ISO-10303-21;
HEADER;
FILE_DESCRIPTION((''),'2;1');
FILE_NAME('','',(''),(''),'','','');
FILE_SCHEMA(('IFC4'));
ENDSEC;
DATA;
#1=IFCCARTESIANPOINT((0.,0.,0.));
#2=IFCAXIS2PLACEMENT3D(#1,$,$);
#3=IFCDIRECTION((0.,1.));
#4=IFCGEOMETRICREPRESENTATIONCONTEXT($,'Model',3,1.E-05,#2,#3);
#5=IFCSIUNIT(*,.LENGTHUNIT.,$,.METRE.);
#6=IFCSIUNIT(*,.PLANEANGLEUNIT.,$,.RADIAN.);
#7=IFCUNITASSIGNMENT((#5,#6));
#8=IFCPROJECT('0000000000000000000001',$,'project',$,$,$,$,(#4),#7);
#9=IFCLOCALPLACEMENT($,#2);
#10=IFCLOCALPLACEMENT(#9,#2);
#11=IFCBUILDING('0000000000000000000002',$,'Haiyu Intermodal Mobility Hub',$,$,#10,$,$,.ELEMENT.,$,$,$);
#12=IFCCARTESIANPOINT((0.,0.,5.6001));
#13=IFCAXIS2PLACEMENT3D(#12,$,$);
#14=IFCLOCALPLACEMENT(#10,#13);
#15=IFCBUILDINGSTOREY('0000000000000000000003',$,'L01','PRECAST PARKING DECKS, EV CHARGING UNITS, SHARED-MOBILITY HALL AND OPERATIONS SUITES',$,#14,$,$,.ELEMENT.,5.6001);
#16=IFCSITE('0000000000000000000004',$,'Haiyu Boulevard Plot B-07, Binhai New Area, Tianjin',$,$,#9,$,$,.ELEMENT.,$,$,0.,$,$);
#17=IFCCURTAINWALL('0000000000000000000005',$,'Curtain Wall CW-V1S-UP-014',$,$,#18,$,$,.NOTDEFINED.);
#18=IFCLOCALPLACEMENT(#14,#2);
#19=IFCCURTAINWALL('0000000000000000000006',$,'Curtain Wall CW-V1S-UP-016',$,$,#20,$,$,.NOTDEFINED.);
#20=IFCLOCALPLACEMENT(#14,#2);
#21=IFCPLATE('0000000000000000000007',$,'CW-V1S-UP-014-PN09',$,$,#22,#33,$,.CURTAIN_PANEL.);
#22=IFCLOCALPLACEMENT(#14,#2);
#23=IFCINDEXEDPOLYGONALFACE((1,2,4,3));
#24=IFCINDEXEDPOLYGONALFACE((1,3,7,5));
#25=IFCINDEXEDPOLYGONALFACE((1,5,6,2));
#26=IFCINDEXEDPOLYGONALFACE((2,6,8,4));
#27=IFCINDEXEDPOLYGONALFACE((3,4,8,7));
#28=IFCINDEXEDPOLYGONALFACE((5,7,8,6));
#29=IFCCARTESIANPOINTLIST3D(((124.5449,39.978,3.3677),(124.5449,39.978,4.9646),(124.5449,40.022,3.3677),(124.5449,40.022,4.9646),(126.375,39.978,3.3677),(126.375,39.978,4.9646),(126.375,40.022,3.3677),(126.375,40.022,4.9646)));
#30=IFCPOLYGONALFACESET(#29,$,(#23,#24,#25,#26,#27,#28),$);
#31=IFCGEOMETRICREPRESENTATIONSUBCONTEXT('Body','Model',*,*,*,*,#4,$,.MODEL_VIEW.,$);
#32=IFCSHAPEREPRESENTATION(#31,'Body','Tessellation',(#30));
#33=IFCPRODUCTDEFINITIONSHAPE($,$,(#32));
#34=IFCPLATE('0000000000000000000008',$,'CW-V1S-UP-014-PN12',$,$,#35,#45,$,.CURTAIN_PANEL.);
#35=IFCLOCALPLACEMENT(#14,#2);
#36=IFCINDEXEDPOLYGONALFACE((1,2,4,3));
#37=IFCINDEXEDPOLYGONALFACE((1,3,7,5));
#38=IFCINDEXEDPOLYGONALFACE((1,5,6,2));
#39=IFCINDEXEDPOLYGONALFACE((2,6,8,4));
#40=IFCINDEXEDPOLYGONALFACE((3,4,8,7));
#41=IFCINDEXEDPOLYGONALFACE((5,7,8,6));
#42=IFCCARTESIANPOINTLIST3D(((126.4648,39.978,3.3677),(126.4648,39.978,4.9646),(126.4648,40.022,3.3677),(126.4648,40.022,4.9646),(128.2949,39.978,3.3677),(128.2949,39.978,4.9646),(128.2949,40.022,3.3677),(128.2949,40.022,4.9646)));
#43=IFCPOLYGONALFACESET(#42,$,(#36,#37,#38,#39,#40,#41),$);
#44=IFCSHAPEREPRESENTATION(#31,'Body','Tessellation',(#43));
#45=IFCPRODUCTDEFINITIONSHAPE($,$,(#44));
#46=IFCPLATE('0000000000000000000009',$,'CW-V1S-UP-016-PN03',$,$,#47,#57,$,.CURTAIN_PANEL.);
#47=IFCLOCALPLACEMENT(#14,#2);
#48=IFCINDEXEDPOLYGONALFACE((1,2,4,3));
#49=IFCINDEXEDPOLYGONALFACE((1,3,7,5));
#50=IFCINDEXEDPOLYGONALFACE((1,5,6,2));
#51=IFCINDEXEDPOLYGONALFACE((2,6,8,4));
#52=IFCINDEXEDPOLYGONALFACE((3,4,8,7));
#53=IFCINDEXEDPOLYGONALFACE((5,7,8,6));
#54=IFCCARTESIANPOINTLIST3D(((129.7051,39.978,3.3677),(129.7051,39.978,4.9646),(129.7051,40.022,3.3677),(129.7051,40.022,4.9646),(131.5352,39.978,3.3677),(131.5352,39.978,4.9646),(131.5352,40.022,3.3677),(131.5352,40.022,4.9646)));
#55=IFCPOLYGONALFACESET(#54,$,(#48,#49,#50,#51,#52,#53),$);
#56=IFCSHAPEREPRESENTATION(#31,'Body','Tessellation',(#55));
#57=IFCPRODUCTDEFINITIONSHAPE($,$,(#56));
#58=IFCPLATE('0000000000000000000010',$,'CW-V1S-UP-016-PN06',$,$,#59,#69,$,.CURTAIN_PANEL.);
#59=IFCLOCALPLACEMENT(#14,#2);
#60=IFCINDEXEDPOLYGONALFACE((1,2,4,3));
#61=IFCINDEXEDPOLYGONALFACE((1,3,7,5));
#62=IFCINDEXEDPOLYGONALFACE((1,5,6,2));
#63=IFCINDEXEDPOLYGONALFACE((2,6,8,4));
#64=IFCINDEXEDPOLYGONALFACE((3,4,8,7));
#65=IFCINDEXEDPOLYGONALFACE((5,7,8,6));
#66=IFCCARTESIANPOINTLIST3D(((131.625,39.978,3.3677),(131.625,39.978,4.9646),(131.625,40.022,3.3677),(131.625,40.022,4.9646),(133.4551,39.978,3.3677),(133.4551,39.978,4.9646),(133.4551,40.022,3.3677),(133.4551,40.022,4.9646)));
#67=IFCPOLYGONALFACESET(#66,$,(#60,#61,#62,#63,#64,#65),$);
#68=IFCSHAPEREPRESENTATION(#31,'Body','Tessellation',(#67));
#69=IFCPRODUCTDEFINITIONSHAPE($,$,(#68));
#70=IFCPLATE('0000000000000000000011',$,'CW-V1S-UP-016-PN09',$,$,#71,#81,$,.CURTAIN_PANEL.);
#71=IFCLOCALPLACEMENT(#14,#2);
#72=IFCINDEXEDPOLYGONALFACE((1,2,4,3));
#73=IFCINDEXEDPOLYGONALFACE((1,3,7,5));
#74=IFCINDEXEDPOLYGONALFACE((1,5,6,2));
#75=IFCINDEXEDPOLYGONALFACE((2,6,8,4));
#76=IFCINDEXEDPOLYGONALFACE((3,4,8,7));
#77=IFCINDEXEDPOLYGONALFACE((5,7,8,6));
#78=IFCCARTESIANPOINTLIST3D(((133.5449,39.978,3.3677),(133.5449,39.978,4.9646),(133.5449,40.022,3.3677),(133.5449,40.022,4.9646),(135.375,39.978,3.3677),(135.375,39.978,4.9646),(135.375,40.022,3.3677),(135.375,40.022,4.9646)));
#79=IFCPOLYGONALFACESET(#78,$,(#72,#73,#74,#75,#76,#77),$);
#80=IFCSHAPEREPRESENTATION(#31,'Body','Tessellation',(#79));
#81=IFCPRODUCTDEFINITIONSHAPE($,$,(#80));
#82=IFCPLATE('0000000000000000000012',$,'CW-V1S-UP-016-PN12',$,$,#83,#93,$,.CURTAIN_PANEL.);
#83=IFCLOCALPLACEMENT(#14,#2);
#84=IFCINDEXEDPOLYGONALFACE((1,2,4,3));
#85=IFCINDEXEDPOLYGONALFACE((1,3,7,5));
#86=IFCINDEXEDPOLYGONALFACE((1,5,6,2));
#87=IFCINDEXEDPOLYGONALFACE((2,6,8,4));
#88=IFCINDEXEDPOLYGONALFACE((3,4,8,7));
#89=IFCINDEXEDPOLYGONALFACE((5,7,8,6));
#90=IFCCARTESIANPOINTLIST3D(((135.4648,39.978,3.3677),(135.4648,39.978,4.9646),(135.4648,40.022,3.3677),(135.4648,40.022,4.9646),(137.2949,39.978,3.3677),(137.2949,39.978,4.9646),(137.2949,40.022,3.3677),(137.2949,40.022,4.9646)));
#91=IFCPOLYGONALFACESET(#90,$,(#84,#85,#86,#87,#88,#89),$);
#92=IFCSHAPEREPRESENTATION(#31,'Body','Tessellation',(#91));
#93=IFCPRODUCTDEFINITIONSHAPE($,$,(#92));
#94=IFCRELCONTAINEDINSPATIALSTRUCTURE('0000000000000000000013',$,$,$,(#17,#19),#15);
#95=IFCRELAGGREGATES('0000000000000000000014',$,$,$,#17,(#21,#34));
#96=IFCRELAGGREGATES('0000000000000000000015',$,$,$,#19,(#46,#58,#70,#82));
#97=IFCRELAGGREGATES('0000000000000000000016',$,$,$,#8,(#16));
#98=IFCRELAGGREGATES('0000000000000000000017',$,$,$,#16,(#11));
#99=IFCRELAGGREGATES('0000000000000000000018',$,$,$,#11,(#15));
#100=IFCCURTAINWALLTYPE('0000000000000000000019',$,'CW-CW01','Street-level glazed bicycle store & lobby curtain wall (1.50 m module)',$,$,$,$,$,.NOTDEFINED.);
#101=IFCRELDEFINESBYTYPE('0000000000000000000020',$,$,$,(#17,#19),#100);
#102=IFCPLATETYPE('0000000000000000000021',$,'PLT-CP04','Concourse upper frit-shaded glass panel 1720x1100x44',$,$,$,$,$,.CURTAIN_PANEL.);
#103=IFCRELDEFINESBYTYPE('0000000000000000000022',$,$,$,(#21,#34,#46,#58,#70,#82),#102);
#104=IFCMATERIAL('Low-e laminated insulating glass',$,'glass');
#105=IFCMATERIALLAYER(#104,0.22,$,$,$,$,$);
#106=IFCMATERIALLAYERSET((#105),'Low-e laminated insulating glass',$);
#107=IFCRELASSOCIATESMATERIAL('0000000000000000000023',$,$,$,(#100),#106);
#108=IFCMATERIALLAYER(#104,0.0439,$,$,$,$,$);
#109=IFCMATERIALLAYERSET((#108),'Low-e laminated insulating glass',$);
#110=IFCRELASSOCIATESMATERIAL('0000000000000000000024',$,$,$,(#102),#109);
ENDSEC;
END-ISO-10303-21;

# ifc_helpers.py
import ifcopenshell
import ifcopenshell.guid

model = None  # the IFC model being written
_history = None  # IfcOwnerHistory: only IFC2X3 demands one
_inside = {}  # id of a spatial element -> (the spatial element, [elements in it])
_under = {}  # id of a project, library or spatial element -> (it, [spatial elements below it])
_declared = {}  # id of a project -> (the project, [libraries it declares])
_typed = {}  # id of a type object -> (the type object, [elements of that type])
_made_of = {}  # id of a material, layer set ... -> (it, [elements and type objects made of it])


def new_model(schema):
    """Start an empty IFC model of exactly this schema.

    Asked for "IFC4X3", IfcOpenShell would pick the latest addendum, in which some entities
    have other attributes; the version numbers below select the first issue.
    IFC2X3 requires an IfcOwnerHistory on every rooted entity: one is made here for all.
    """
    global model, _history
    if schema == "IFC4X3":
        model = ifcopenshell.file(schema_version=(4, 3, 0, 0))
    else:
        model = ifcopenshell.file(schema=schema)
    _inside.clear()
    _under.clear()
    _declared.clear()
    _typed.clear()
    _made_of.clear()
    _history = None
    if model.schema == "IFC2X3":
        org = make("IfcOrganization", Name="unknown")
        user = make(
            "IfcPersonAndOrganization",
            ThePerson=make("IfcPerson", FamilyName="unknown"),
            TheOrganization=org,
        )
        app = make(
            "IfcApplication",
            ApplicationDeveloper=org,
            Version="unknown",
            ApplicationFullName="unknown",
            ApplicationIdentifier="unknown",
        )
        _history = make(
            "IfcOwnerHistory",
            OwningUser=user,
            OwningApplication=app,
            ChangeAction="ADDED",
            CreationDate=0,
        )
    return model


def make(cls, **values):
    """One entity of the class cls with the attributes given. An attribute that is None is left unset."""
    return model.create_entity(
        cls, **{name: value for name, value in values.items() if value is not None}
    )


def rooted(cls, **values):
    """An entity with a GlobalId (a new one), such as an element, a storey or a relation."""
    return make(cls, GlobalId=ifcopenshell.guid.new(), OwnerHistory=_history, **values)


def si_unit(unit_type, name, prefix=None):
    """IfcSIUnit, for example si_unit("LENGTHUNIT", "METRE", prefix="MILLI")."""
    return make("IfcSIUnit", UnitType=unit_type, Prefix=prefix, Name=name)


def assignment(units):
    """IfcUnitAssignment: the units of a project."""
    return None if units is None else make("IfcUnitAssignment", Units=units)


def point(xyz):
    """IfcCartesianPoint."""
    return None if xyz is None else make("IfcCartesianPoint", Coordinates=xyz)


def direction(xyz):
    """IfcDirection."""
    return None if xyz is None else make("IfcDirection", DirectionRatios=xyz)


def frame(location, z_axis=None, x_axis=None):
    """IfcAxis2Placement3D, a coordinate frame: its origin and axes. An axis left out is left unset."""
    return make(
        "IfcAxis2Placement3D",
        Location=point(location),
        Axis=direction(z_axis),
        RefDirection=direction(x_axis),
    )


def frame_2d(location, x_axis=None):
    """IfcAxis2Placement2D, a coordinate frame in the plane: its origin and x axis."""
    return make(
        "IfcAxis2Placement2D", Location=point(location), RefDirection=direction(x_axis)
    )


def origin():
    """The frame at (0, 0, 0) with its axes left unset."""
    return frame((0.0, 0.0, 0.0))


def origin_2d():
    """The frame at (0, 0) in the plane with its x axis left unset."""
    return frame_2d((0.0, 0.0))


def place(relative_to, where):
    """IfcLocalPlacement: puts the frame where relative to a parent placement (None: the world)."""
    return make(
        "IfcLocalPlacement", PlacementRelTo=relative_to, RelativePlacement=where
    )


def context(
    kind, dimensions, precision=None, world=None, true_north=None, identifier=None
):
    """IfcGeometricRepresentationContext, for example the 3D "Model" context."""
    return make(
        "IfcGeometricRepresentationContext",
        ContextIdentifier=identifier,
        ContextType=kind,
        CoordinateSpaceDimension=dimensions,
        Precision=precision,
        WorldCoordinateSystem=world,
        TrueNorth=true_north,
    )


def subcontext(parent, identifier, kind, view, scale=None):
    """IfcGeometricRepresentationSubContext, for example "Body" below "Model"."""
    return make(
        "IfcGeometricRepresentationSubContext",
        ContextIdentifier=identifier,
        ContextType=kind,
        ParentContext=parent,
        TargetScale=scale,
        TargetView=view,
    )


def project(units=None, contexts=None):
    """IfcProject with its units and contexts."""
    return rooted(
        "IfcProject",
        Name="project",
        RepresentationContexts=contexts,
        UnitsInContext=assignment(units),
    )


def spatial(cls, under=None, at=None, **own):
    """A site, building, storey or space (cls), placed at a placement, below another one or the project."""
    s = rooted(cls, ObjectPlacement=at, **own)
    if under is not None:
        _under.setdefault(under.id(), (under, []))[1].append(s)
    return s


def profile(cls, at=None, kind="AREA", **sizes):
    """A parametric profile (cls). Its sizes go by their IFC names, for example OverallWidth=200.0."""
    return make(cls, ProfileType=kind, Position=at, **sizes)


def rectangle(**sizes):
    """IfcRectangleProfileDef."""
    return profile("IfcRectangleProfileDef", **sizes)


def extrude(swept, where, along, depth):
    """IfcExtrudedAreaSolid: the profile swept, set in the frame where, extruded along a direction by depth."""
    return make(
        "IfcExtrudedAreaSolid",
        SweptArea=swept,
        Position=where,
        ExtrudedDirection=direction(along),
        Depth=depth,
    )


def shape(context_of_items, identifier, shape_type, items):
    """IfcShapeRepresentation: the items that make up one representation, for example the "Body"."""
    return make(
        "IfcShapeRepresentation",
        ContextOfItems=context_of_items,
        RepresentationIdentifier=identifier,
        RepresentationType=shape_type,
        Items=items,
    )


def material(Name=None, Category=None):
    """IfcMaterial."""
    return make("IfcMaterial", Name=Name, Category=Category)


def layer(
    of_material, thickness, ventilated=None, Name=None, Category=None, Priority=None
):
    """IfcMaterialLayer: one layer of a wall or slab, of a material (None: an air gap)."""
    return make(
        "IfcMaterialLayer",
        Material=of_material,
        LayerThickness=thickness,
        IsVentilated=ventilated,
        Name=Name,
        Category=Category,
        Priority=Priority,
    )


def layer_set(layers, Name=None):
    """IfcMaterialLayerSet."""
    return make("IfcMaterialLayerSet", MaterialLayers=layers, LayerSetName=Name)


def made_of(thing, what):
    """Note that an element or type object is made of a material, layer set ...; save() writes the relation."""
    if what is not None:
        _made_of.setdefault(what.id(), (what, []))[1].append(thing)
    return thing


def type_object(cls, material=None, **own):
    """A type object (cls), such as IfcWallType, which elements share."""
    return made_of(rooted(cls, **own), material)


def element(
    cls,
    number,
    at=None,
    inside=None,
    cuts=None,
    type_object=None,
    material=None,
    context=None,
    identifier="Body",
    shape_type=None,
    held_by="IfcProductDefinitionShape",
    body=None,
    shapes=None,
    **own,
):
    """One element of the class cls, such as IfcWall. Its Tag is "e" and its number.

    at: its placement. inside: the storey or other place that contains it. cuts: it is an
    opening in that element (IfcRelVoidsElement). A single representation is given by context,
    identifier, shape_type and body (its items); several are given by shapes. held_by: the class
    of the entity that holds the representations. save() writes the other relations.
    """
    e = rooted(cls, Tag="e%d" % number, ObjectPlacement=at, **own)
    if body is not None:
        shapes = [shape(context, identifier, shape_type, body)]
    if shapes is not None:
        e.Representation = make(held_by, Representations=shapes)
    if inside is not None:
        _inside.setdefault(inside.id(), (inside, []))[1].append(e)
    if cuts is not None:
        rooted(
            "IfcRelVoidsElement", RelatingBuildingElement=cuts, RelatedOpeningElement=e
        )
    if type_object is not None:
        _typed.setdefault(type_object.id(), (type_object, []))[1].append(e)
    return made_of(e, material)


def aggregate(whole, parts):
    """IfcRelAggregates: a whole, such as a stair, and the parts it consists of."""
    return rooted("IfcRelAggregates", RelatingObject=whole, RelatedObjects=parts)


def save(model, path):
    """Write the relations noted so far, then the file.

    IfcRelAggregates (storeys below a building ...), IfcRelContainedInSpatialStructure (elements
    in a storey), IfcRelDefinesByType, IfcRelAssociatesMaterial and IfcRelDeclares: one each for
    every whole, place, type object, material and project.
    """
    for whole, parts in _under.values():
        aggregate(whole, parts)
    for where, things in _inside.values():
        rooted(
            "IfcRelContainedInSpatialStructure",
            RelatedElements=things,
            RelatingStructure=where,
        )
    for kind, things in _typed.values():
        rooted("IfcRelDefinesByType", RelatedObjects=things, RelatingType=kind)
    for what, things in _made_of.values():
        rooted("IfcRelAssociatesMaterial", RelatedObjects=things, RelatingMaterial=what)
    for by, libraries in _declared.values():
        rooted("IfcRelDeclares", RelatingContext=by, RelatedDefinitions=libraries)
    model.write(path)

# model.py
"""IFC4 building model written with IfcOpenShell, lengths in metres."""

from ifc_helpers import new_model, si_unit, direction, frame, origin, origin_2d, place, context, subcontext, project, spatial, rectangle, extrude, material, layer, layer_set, type_object, element, aggregate, save


model = new_model("IFC4")

# Units and contexts
model_context = context("Model", 3, precision=1e-05, world=origin(), true_north=direction((0.0, 1.0)))
body_context = subcontext(model_context, "Body", "Model", "MODEL_VIEW")
ifc_project = project(units=[si_unit("LENGTHUNIT", "METRE"), si_unit("PLANEANGLEUNIT", "RADIAN")], contexts=[model_context])

# Site, building, storey
site_placement = place(None, origin())
site = spatial("IfcSite", under=ifc_project, at=site_placement, Name="Haiyu Boulevard Plot B-07, Binhai New Area, Tianjin", CompositionType="ELEMENT", RefElevation=0.0)
building_placement = place(site_placement, origin())
building = spatial("IfcBuilding", under=site, at=building_placement, Name="Haiyu Intermodal Mobility Hub", CompositionType="ELEMENT")
storey_placement = place(building_placement, frame((0.0, 0.0, 5.6001)))
storey = spatial("IfcBuildingStorey", under=building, at=storey_placement, Name="L01", Description="PRECAST PARKING DECKS, EV CHARGING UNITS, SHARED-MOBILITY HALL AND OPERATIONS SUITES", CompositionType="ELEMENT", Elevation=5.6001)

# Curtain walls
ifc_material_1 = material(Name="Low-e laminated insulating glass", Category="glass")
ifc_layer_1 = layer(ifc_material_1, 0.22)
ifc_layer_set_1 = layer_set([ifc_layer_1], Name="Low-e laminated insulating glass")
curtain_wall_type = type_object("IfcCurtainWallType", Name="CW-CW01", Description="Street-level glazed bicycle store & lobby curtain wall (1.50 m module)", PredefinedType="NOTDEFINED", material=ifc_layer_set_1)
curtain_wall_1_placement = place(storey_placement, origin())
curtain_wall_1 = element("IfcCurtainWall", 1, at=curtain_wall_1_placement, inside=storey, type_object=curtain_wall_type, Name="Curtain Wall CW-V1S-UP-014", PredefinedType="NOTDEFINED")
curtain_wall_2_placement = place(storey_placement, origin())
curtain_wall_2 = element("IfcCurtainWall", 2, at=curtain_wall_2_placement, inside=storey, type_object=curtain_wall_type, Name="Curtain Wall CW-V1S-UP-016", PredefinedType="NOTDEFINED")

# Plates
ifc_layer_2 = layer(ifc_material_1, 0.0439)
ifc_layer_set_2 = layer_set([ifc_layer_2], Name="Low-e laminated insulating glass")
plate_type_1 = type_object("IfcPlateType", Name="PLT-CP04", Description="Concourse upper frit-shaded glass panel 1720x1100x44", PredefinedType="CURTAIN_PANEL", material=ifc_layer_set_2)
plate_1_placement = place(storey_placement, frame((125.46, 40.0, 3.3677), z_axis=(0.0, 0.0, 1.0), x_axis=(1.0, 0.0, 0.0)))
plate_1 = element("IfcPlate", 3, at=plate_1_placement, type_object=plate_type_1, Name="CW-V1S-UP-014-PN09", PredefinedType="CURTAIN_PANEL", context=body_context, shape_type="SweptSolid", body=[
    extrude(rectangle(XDim=1.8301, YDim=0.0439, at=origin_2d()), origin(), (0.0, 0.0, 1.0), 1.5969),
])
plate_2_placement = place(storey_placement, frame((127.3799, 40.0, 3.3677), z_axis=(0.0, 0.0, 1.0), x_axis=(1.0, 0.0, 0.0)))
plate_2 = element("IfcPlate", 4, at=plate_2_placement, type_object=plate_type_1, Name="CW-V1S-UP-014-PN12", PredefinedType="CURTAIN_PANEL", context=body_context, shape_type="SweptSolid", body=[
    extrude(rectangle(XDim=1.8301, YDim=0.0439, at=origin_2d()), origin(), (0.0, 0.0, 1.0), 1.5969),
])
aggregate(curtain_wall_1, [plate_1, plate_2])
plate_3_placement = place(storey_placement, frame((130.6201, 40.0, 3.3677), z_axis=(0.0, 0.0, 1.0), x_axis=(1.0, 0.0, 0.0)))
plate_3 = element("IfcPlate", 5, at=plate_3_placement, type_object=plate_type_1, Name="CW-V1S-UP-016-PN03", PredefinedType="CURTAIN_PANEL", context=body_context, shape_type="SweptSolid", body=[
    extrude(rectangle(XDim=1.8301, YDim=0.0439, at=origin_2d()), origin(), (0.0, 0.0, 1.0), 1.5969),
])
plate_4_placement = place(storey_placement, frame((132.54, 40.0, 3.3677), z_axis=(0.0, 0.0, 1.0), x_axis=(1.0, 0.0, 0.0)))
plate_4 = element("IfcPlate", 6, at=plate_4_placement, type_object=plate_type_1, Name="CW-V1S-UP-016-PN06", PredefinedType="CURTAIN_PANEL", context=body_context, shape_type="SweptSolid", body=[
    extrude(rectangle(XDim=1.8301, YDim=0.0439, at=origin_2d()), origin(), (0.0, 0.0, 1.0), 1.5969),
])
plate_5_placement = place(storey_placement, frame((134.46, 40.0, 3.3677), z_axis=(0.0, 0.0, 1.0), x_axis=(1.0, 0.0, 0.0)))
plate_5 = element("IfcPlate", 7, at=plate_5_placement, type_object=plate_type_1, Name="CW-V1S-UP-016-PN09", PredefinedType="CURTAIN_PANEL", context=body_context, shape_type="SweptSolid", body=[
    extrude(rectangle(XDim=1.8301, YDim=0.0439, at=origin_2d()), origin(), (0.0, 0.0, 1.0), 1.5969),
])
plate_6_placement = place(storey_placement, frame((136.3799, 40.0, 3.3677), z_axis=(0.0, 0.0, 1.0), x_axis=(1.0, 0.0, 0.0)))
plate_6 = element("IfcPlate", 8, at=plate_6_placement, type_object=plate_type_1, Name="CW-V1S-UP-016-PN12", PredefinedType="CURTAIN_PANEL", context=body_context, shape_type="SweptSolid", body=[
    extrude(rectangle(XDim=1.8301, YDim=0.0439, at=origin_2d()), origin(), (0.0, 0.0, 1.0), 1.5969),
])
aggregate(curtain_wall_2, [plate_3, plate_4, plate_5, plate_6])

save(model, "model.ifc")
